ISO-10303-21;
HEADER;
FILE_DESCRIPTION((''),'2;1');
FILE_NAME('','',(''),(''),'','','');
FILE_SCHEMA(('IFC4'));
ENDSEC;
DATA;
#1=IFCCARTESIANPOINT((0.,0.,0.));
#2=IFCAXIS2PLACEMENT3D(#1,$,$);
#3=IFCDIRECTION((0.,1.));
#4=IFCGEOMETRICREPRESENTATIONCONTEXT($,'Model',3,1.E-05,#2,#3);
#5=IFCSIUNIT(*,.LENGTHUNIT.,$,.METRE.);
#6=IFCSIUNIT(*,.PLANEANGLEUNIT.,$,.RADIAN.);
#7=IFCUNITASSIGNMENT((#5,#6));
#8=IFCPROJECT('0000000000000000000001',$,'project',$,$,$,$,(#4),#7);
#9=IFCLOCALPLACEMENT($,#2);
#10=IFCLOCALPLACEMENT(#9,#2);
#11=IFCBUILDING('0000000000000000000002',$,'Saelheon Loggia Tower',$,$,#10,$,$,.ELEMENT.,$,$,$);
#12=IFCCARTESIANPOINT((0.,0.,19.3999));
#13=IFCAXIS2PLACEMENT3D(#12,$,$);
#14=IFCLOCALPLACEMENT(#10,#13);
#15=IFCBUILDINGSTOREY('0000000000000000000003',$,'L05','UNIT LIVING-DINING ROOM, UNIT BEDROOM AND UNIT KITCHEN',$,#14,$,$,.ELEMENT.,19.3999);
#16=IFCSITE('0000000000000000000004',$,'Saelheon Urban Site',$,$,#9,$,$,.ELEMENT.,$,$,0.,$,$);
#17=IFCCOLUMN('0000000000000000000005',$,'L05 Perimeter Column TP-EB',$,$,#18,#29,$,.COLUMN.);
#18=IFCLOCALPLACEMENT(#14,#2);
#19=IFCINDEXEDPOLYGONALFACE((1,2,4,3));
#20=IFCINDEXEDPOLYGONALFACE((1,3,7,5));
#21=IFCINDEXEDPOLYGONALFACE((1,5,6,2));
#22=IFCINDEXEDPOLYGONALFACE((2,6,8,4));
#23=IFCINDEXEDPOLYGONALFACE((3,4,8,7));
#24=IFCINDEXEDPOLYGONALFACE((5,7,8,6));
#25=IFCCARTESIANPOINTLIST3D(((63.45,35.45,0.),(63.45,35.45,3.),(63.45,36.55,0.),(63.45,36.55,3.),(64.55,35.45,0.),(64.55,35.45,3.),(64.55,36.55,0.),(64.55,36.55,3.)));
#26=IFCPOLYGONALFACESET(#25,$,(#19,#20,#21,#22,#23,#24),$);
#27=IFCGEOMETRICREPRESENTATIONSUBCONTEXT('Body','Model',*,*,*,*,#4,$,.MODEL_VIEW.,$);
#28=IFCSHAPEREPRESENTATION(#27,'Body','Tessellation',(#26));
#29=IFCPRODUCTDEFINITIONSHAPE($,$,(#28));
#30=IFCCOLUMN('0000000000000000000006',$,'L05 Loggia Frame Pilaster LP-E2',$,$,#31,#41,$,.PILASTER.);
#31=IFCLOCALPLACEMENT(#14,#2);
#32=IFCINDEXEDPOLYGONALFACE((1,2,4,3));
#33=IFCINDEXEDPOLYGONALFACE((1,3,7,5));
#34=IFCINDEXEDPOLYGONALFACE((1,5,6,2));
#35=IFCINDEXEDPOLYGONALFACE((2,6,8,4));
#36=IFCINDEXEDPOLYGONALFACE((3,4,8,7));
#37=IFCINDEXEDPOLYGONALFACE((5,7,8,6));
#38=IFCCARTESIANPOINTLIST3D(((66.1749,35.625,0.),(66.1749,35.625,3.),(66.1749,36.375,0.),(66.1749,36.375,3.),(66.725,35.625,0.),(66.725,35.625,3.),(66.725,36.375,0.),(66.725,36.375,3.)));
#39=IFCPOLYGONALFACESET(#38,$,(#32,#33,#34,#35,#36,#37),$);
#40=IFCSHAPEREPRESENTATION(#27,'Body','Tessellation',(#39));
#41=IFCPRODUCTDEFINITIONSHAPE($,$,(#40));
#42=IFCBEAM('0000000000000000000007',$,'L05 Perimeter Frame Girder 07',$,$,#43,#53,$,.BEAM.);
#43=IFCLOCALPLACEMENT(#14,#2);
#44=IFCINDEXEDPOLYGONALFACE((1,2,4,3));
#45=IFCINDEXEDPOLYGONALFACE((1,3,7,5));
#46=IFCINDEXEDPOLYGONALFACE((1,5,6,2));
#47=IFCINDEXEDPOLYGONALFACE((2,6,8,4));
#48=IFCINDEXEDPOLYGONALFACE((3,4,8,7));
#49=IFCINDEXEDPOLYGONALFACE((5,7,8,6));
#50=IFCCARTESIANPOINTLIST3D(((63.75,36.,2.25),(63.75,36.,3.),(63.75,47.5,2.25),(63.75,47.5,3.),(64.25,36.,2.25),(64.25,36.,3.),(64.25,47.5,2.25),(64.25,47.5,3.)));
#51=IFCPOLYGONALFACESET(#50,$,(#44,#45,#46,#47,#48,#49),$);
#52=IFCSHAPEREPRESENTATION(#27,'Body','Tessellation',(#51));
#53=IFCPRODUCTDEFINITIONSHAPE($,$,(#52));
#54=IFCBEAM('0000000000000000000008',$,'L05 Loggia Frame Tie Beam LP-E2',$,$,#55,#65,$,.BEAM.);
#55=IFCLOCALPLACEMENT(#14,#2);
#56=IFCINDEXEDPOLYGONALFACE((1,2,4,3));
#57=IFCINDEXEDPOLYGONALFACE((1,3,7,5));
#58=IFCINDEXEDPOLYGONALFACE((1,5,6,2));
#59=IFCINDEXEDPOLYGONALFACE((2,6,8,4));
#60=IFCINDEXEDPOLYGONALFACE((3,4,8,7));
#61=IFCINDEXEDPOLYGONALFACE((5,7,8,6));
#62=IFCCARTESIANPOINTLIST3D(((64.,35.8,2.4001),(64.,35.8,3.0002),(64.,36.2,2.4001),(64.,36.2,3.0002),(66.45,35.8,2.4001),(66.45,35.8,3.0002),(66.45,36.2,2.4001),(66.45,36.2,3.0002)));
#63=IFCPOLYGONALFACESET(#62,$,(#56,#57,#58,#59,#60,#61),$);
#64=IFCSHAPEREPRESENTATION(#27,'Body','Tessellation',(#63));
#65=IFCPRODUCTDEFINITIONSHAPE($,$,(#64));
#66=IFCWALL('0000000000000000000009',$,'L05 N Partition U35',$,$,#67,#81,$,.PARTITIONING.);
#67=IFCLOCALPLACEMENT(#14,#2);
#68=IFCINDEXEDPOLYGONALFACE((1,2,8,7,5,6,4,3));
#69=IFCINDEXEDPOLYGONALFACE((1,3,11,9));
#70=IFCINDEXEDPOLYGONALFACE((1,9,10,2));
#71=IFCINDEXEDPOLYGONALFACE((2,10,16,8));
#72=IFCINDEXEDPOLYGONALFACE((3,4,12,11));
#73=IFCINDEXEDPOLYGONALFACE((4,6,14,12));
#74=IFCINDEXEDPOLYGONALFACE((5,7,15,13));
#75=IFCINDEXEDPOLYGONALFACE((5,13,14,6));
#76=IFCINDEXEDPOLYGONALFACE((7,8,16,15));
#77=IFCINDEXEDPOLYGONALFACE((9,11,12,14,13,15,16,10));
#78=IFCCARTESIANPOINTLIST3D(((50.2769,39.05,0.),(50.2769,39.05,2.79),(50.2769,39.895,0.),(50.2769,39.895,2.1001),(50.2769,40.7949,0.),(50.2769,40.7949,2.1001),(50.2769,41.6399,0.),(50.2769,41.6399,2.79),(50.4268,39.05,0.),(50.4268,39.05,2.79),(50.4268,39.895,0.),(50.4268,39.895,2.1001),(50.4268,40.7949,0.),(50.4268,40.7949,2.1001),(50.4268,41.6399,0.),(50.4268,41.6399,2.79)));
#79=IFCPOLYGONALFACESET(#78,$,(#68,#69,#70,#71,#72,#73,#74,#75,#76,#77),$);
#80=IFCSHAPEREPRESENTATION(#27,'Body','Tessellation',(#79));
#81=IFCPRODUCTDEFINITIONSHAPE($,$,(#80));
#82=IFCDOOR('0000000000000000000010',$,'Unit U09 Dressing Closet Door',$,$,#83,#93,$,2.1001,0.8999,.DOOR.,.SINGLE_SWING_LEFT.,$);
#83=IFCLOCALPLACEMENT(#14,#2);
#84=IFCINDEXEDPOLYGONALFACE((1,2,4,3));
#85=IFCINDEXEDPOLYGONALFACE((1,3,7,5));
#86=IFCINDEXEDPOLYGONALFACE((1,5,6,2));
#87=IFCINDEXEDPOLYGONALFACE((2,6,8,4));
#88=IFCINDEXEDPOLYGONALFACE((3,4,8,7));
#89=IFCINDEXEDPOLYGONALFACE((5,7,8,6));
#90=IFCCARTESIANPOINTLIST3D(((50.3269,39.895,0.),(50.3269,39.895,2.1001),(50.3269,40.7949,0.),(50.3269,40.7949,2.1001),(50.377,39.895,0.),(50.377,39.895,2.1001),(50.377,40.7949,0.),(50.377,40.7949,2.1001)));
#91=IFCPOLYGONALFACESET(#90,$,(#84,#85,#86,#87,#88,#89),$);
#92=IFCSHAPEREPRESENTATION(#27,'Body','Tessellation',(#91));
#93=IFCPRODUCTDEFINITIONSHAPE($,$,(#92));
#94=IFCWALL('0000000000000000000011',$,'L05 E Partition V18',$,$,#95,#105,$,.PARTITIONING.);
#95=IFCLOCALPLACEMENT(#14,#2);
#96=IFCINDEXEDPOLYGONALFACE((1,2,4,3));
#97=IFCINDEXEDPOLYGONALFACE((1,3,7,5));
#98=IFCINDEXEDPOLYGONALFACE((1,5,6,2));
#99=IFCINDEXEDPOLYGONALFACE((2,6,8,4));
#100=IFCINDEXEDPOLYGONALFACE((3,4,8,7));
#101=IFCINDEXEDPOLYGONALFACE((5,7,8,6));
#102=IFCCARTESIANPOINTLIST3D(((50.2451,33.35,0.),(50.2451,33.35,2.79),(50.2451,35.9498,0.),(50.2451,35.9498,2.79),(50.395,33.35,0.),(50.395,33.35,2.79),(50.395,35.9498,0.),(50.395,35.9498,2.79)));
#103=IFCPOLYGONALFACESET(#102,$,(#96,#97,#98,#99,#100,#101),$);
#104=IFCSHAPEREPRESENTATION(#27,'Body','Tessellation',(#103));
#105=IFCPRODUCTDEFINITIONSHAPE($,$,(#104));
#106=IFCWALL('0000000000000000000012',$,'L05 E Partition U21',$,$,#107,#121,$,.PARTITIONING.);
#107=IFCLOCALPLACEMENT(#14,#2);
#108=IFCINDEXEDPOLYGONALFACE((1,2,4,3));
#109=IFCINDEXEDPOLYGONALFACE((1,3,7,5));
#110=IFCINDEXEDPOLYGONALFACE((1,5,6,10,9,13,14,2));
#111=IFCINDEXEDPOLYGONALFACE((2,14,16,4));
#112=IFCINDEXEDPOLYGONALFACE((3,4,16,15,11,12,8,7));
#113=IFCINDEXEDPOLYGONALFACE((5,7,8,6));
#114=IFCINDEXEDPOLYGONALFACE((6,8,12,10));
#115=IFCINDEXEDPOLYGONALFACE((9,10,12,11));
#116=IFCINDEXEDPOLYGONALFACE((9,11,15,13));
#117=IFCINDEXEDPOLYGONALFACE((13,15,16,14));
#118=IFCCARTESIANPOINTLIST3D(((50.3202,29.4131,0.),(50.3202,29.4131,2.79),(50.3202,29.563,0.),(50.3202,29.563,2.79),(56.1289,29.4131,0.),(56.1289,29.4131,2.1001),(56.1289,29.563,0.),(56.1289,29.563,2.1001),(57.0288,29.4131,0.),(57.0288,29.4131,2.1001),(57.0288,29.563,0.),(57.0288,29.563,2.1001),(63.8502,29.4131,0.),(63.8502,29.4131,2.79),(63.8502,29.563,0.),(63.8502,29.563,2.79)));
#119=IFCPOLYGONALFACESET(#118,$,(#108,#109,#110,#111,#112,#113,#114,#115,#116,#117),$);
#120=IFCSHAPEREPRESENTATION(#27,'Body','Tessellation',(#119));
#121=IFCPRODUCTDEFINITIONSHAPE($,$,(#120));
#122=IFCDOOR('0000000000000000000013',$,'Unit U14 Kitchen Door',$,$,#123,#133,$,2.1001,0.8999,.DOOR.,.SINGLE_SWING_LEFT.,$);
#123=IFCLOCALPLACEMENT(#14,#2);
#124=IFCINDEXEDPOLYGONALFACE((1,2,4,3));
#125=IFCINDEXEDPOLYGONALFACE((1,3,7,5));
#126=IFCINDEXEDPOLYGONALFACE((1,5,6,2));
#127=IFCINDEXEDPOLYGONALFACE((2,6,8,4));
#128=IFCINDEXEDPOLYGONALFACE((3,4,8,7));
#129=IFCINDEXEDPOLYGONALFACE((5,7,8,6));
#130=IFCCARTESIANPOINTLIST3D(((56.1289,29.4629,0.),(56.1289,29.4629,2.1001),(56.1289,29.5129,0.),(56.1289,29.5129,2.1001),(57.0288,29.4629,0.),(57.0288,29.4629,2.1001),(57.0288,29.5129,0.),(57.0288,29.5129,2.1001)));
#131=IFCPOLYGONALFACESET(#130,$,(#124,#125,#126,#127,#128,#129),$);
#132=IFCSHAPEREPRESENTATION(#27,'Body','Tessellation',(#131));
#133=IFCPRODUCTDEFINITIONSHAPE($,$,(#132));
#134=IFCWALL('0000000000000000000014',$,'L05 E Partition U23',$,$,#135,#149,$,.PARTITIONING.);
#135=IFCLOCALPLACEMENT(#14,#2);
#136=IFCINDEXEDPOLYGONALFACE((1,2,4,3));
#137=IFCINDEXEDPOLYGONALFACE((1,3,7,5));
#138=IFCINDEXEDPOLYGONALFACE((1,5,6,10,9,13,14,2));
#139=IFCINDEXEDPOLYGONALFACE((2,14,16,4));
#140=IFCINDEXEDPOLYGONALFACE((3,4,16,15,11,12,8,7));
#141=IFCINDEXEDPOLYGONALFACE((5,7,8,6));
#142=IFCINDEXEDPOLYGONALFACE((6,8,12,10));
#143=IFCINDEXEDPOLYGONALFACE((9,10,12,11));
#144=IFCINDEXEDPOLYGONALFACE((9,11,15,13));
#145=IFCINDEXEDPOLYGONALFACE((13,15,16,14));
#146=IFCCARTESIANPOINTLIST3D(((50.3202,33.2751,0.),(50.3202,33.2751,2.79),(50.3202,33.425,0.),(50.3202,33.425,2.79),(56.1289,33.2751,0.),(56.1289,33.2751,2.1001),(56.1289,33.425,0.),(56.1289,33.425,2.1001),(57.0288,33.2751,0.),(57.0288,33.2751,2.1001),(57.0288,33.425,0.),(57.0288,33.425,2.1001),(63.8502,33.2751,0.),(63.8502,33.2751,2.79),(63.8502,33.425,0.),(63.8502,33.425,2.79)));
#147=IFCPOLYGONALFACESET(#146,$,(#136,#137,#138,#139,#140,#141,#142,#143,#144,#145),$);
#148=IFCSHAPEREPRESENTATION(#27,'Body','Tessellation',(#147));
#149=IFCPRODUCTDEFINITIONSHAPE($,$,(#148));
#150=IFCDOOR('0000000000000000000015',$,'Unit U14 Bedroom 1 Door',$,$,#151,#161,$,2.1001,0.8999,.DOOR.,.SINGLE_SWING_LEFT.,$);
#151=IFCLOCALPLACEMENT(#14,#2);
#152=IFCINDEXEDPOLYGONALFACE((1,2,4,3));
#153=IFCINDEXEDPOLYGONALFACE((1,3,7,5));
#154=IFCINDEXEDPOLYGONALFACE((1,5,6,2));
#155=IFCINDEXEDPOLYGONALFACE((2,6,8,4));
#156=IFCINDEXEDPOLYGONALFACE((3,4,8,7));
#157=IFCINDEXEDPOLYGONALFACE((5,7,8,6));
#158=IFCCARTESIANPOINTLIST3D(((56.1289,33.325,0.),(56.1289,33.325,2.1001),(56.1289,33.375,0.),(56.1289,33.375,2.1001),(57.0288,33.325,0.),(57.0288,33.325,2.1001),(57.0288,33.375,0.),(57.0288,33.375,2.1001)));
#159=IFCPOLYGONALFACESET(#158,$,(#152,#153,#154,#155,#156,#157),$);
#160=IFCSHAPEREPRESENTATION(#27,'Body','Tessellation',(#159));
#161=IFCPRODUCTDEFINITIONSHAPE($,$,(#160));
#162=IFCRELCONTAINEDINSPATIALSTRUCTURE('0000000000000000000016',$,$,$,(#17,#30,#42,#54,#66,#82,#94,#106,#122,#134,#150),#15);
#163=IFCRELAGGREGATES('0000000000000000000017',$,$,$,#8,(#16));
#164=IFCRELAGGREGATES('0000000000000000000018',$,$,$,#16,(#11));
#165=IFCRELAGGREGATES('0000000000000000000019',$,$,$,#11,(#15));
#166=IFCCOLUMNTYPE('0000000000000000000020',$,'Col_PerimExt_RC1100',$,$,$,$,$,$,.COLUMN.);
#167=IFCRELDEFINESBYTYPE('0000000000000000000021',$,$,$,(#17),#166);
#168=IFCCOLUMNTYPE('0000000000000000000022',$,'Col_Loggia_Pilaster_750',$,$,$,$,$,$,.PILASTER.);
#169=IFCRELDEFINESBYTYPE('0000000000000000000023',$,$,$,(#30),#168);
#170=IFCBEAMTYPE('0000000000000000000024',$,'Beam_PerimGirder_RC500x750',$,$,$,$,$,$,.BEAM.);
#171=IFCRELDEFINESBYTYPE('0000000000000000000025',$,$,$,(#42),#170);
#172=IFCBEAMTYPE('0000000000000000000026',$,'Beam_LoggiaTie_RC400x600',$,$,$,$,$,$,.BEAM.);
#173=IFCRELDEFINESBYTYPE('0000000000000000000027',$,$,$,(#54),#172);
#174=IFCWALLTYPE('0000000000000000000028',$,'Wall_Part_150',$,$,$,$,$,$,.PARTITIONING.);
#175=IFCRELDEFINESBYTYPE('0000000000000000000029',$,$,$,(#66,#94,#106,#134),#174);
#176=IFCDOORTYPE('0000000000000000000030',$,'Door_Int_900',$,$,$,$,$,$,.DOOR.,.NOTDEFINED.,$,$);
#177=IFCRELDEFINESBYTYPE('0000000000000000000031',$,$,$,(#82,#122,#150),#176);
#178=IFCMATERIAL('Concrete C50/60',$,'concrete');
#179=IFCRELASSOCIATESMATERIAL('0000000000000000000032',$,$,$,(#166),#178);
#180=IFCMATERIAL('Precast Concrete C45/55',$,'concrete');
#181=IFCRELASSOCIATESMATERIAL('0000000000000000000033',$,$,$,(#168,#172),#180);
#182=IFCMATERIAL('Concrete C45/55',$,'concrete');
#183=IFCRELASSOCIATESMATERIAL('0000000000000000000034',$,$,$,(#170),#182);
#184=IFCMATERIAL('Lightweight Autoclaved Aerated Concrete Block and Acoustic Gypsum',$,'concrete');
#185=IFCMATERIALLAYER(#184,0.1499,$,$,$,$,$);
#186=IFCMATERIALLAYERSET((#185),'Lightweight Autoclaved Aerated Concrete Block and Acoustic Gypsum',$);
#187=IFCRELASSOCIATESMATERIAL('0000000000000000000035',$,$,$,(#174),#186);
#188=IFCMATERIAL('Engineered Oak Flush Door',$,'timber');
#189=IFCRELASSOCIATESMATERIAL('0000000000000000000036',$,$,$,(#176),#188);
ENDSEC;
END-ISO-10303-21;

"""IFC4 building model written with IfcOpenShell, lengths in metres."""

from ifc_helpers import new_model, si_unit, direction, frame, frame_2d, origin, origin_2d, place, context, subcontext, project, spatial, rectangle, extrude, source, transform, mapped, material, layer, layer_set, material_profile, profile_set, type_object, element, fill, save


model = new_model("IFC4")

# Units and contexts
model_context = context("Model", 3, precision=1e-05, world=origin(), true_north=direction((0.0, 1.0)))
body_context = subcontext(model_context, "Body", "Model", "MODEL_VIEW")
ifc_project = project(units=[si_unit("LENGTHUNIT", "METRE"), si_unit("PLANEANGLEUNIT", "RADIAN")], contexts=[model_context])

# Site, building, storey
site_placement = place(None, origin())
site = spatial("IfcSite", under=ifc_project, at=site_placement, Name="Saelheon Urban Site", CompositionType="ELEMENT", RefElevation=0.0)
building_placement = place(site_placement, origin())
building = spatial("IfcBuilding", under=site, at=building_placement, Name="Saelheon Loggia Tower", CompositionType="ELEMENT")
storey_placement = place(building_placement, frame((0.0, 0.0, 19.3999)))
storey = spatial("IfcBuildingStorey", under=building, at=storey_placement, Name="L05", Description="UNIT LIVING-DINING ROOM, UNIT BEDROOM AND UNIT KITCHEN", CompositionType="ELEMENT", Elevation=19.3999)

# Columns
ifc_material_1 = material(Name="Concrete C50/60", Category="concrete")
ifc_material_profile_1 = material_profile(ifc_material_1, rectangle(XDim=1.1001, YDim=1.1001, at=origin_2d()), Name="RC-1100x1100")
ifc_profile_set_1 = profile_set([ifc_material_profile_1], Name="Concrete C50/60")
column_type_1 = type_object("IfcColumnType", Name="Col_PerimExt_RC1100", PredefinedType="COLUMN", material=ifc_profile_set_1)
shared_shape_1 = source(origin(), body_context, "Body", "SweptSolid", [
    extrude(rectangle(XDim=1.1001, YDim=1.1001, at=origin_2d()), origin(), (0.0, 0.0, 1.0), 3.0),
])
column_1_placement = place(storey_placement, frame((64.0, 36.0, 0.0), z_axis=(0.0, 0.0, 1.0), x_axis=(1.0, 0.0, 0.0)))
element("IfcColumn", 1, at=column_1_placement, inside=storey, type_object=column_type_1, Name="L05 Perimeter Column TP-EB", PredefinedType="COLUMN", context=body_context, shape_type="MappedRepresentation", body=[
    mapped(shared_shape_1, transform((0.0, 0.0, 0.0), scale=1.0)),
])
ifc_material_2 = material(Name="Precast Concrete C45/55", Category="concrete")
ifc_material_profile_2 = material_profile(ifc_material_2, rectangle(XDim=0.55, YDim=0.75, at=origin_2d()), Name="RC-550x750")
ifc_profile_set_2 = profile_set([ifc_material_profile_2], Name="Precast Concrete C45/55")
column_type_2 = type_object("IfcColumnType", Name="Col_Loggia_Pilaster_750", PredefinedType="PILASTER", material=ifc_profile_set_2)
shared_shape_2 = source(origin(), body_context, "Body", "SweptSolid", [
    extrude(rectangle(XDim=0.55, YDim=0.75, at=origin_2d()), origin(), (0.0, 0.0, 1.0), 3.0),
])
column_2_placement = place(storey_placement, frame((66.45, 36.0, 0.0), z_axis=(0.0, 0.0, 1.0), x_axis=(1.0, 0.0, 0.0)))
element("IfcColumn", 2, at=column_2_placement, inside=storey, type_object=column_type_2, Name="L05 Loggia Frame Pilaster LP-E2", PredefinedType="PILASTER", context=body_context, shape_type="MappedRepresentation", body=[
    mapped(shared_shape_2, transform((0.0, 0.0, 0.0), scale=1.0)),
])

# Beams
ifc_material_3 = material(Name="Concrete C45/55", Category="concrete")
ifc_material_profile_3 = material_profile(ifc_material_3, rectangle(XDim=0.5, YDim=0.75, at=origin_2d()), Name="RC-500x750")
ifc_profile_set_3 = profile_set([ifc_material_profile_3], Name="Concrete C45/55")
beam_type_1 = type_object("IfcBeamType", Name="Beam_PerimGirder_RC500x750", PredefinedType="BEAM", material=ifc_profile_set_3)
shared_shape_3 = source(origin(), body_context, "Body", "SweptSolid", [
    extrude(rectangle(XDim=0.5, YDim=0.75, at=origin_2d()), origin(), (0.0, 0.0, 1.0), 11.5),
])
beam_1_placement = place(storey_placement, frame((64.0, 36.0, 2.625), z_axis=(0.0, 1.0, 0.0), x_axis=(-1.0, 0.0, 0.0)))
element("IfcBeam", 3, at=beam_1_placement, inside=storey, type_object=beam_type_1, Name="L05 Perimeter Frame Girder 07", PredefinedType="BEAM", context=body_context, shape_type="MappedRepresentation", body=[
    mapped(shared_shape_3, transform((0.0, 0.0, 0.0), scale=1.0)),
])
ifc_material_profile_4 = material_profile(ifc_material_2, rectangle(XDim=0.3999, YDim=0.6001, at=origin_2d()), Name="RC-400x600")
ifc_profile_set_4 = profile_set([ifc_material_profile_4], Name="Precast Concrete C45/55")
beam_type_2 = type_object("IfcBeamType", Name="Beam_LoggiaTie_RC400x600", PredefinedType="BEAM", material=ifc_profile_set_4)
shared_shape_4 = source(origin(), body_context, "Body", "SweptSolid", [
    extrude(rectangle(XDim=0.3999, YDim=0.6001, at=origin_2d()), origin(), (0.0, 0.0, 1.0), 2.45),
])
beam_2_placement = place(storey_placement, frame((64.0, 36.0, 2.7002), z_axis=(1.0, 0.0, 0.0), x_axis=(0.0, 1.0, 0.0)))
element("IfcBeam", 4, at=beam_2_placement, inside=storey, type_object=beam_type_2, Name="L05 Loggia Frame Tie Beam LP-E2", PredefinedType="BEAM", context=body_context, shape_type="MappedRepresentation", body=[
    mapped(shared_shape_4, transform((0.0, 0.0, 0.0), scale=1.0)),
])

# Wall, opening, door
ifc_material_4 = material(Name="Lightweight Autoclaved Aerated Concrete Block and Acoustic Gypsum", Category="concrete")
ifc_layer_1 = layer(ifc_material_4, 0.1499)
ifc_layer_set_1 = layer_set([ifc_layer_1], Name="Lightweight Autoclaved Aerated Concrete Block and Acoustic Gypsum")
wall_type_1 = type_object("IfcWallType", Name="Wall_Part_150", PredefinedType="PARTITIONING", material=ifc_layer_set_1)
wall_1_placement = place(storey_placement, frame((50.3518, 39.05, 0.0), z_axis=(0.0, 0.0, 1.0), x_axis=(0.0, 1.0, 0.0)))
wall_1 = element("IfcWall", 5, at=wall_1_placement, inside=storey, type_object=wall_type_1, Name="L05 N Partition U35", PredefinedType="PARTITIONING", context=body_context, shape_type="SweptSolid", body=[
    extrude(rectangle(XDim=2.5898, YDim=0.1499, at=frame_2d((1.2949, 0.0))), origin(), (0.0, 0.0, 1.0), 2.79),
])
opening_1_placement = place(wall_1_placement, frame((0.845, 0.0, 0.0)))
opening_1 = element("IfcOpeningElement", 6, at=opening_1_placement, cuts=wall_1, PredefinedType="OPENING", context=body_context, shape_type="SweptSolid", body=[
    extrude(rectangle(XDim=0.8999, YDim=2.1001, at=frame_2d((0.45, 1.05))), frame((0.0, 0.0869, 0.0), z_axis=(0.0, -1.0, 0.0), x_axis=(1.0, 0.0, 0.0)), (0.0, 0.0, 1.0), 0.1738),
])
ifc_material_5 = material(Name="Engineered Oak Flush Door", Category="timber")
door_type_1 = type_object("IfcDoorType", Name="Door_Int_900", OperationType="NOTDEFINED", PredefinedType="DOOR", material=ifc_material_5)
shared_shape_5 = source(origin(), body_context, "Body", "SweptSolid", [
    extrude(rectangle(XDim=0.8999, YDim=2.1001, at=frame_2d((0.45, 1.05))), frame((0.0, 0.0249, 0.0), z_axis=(0.0, -1.0, 0.0), x_axis=(1.0, 0.0, 0.0)), (0.0, 0.0, 1.0), 0.05),
])
door_1_placement = place(opening_1_placement, origin())
door_1 = element("IfcDoor", 7, at=door_1_placement, inside=storey, type_object=door_type_1, Name="Unit U09 Dressing Closet Door", OperationType="SINGLE_SWING_LEFT", OverallHeight=2.1001, OverallWidth=0.8999, PredefinedType="DOOR", context=body_context, shape_type="MappedRepresentation", body=[
    mapped(shared_shape_5, transform((0.0, 0.0, 0.0), scale=1.0)),
])
fill(opening_1, door_1)

# Wall
wall_2_placement = place(storey_placement, frame((50.3201, 33.3501, 0.0), z_axis=(0.0, 0.0, 1.0), x_axis=(0.0, 1.0, 0.0)))
element("IfcWall", 8, at=wall_2_placement, inside=storey, type_object=wall_type_1, Name="L05 E Partition V18", PredefinedType="PARTITIONING", context=body_context, shape_type="SweptSolid", body=[
    extrude(rectangle(XDim=2.5999, YDim=0.1499, at=frame_2d((1.2998, 0.0))), origin(), (0.0, 0.0, 1.0), 2.79),
])

# Walls, openings, doors
wall_3_placement = place(storey_placement, frame((50.3201, 29.488, 0.0), z_axis=(0.0, 0.0, 1.0), x_axis=(1.0, 0.0, 0.0)))
wall_3 = element("IfcWall", 9, at=wall_3_placement, inside=storey, type_object=wall_type_1, Name="L05 E Partition U21", PredefinedType="PARTITIONING", context=body_context, shape_type="SweptSolid", body=[
    extrude(rectangle(XDim=13.53, YDim=0.1499, at=frame_2d((6.7651, 0.0))), origin(), (0.0, 0.0, 1.0), 2.79),
])
opening_2_placement = place(wall_3_placement, frame((5.8088, 0.0, 0.0)))
opening_2 = element("IfcOpeningElement", 10, at=opening_2_placement, cuts=wall_3, PredefinedType="OPENING", context=body_context, shape_type="SweptSolid", body=[
    extrude(rectangle(XDim=0.8999, YDim=2.1001, at=frame_2d((0.45, 1.05))), frame((0.0, 0.0869, 0.0), z_axis=(0.0, -1.0, 0.0), x_axis=(1.0, 0.0, 0.0)), (0.0, 0.0, 1.0), 0.1738),
])
door_2_placement = place(opening_2_placement, origin())
door_2 = element("IfcDoor", 11, at=door_2_placement, inside=storey, type_object=door_type_1, Name="Unit U14 Kitchen Door", OperationType="SINGLE_SWING_LEFT", OverallHeight=2.1001, OverallWidth=0.8999, PredefinedType="DOOR", context=body_context, shape_type="MappedRepresentation", body=[
    mapped(shared_shape_5, transform((0.0, 0.0, 0.0), scale=1.0)),
])
fill(opening_2, door_2)
wall_4_placement = place(storey_placement, frame((50.3201, 33.3501, 0.0), z_axis=(0.0, 0.0, 1.0), x_axis=(1.0, 0.0, 0.0)))
wall_4 = element("IfcWall", 12, at=wall_4_placement, inside=storey, type_object=wall_type_1, Name="L05 E Partition U23", PredefinedType="PARTITIONING", context=body_context, shape_type="SweptSolid", body=[
    extrude(rectangle(XDim=13.53, YDim=0.1499, at=frame_2d((6.7651, 0.0))), origin(), (0.0, 0.0, 1.0), 2.79),
])
opening_3_placement = place(wall_4_placement, frame((5.8088, 0.0, 0.0)))
opening_3 = element("IfcOpeningElement", 13, at=opening_3_placement, cuts=wall_4, PredefinedType="OPENING", context=body_context, shape_type="SweptSolid", body=[
    extrude(rectangle(XDim=0.8999, YDim=2.1001, at=frame_2d((0.45, 1.05))), frame((0.0, 0.0869, 0.0), z_axis=(0.0, -1.0, 0.0), x_axis=(1.0, 0.0, 0.0)), (0.0, 0.0, 1.0), 0.1738),
])
door_3_placement = place(opening_3_placement, origin())
door_3 = element("IfcDoor", 14, at=door_3_placement, inside=storey, type_object=door_type_1, Name="Unit U14 Bedroom 1 Door", OperationType="SINGLE_SWING_LEFT", OverallHeight=2.1001, OverallWidth=0.8999, PredefinedType="DOOR", context=body_context, shape_type="MappedRepresentation", body=[
    mapped(shared_shape_5, transform((0.0, 0.0, 0.0), scale=1.0)),
])
fill(opening_3, door_3)

save(model, "model.ifc")
